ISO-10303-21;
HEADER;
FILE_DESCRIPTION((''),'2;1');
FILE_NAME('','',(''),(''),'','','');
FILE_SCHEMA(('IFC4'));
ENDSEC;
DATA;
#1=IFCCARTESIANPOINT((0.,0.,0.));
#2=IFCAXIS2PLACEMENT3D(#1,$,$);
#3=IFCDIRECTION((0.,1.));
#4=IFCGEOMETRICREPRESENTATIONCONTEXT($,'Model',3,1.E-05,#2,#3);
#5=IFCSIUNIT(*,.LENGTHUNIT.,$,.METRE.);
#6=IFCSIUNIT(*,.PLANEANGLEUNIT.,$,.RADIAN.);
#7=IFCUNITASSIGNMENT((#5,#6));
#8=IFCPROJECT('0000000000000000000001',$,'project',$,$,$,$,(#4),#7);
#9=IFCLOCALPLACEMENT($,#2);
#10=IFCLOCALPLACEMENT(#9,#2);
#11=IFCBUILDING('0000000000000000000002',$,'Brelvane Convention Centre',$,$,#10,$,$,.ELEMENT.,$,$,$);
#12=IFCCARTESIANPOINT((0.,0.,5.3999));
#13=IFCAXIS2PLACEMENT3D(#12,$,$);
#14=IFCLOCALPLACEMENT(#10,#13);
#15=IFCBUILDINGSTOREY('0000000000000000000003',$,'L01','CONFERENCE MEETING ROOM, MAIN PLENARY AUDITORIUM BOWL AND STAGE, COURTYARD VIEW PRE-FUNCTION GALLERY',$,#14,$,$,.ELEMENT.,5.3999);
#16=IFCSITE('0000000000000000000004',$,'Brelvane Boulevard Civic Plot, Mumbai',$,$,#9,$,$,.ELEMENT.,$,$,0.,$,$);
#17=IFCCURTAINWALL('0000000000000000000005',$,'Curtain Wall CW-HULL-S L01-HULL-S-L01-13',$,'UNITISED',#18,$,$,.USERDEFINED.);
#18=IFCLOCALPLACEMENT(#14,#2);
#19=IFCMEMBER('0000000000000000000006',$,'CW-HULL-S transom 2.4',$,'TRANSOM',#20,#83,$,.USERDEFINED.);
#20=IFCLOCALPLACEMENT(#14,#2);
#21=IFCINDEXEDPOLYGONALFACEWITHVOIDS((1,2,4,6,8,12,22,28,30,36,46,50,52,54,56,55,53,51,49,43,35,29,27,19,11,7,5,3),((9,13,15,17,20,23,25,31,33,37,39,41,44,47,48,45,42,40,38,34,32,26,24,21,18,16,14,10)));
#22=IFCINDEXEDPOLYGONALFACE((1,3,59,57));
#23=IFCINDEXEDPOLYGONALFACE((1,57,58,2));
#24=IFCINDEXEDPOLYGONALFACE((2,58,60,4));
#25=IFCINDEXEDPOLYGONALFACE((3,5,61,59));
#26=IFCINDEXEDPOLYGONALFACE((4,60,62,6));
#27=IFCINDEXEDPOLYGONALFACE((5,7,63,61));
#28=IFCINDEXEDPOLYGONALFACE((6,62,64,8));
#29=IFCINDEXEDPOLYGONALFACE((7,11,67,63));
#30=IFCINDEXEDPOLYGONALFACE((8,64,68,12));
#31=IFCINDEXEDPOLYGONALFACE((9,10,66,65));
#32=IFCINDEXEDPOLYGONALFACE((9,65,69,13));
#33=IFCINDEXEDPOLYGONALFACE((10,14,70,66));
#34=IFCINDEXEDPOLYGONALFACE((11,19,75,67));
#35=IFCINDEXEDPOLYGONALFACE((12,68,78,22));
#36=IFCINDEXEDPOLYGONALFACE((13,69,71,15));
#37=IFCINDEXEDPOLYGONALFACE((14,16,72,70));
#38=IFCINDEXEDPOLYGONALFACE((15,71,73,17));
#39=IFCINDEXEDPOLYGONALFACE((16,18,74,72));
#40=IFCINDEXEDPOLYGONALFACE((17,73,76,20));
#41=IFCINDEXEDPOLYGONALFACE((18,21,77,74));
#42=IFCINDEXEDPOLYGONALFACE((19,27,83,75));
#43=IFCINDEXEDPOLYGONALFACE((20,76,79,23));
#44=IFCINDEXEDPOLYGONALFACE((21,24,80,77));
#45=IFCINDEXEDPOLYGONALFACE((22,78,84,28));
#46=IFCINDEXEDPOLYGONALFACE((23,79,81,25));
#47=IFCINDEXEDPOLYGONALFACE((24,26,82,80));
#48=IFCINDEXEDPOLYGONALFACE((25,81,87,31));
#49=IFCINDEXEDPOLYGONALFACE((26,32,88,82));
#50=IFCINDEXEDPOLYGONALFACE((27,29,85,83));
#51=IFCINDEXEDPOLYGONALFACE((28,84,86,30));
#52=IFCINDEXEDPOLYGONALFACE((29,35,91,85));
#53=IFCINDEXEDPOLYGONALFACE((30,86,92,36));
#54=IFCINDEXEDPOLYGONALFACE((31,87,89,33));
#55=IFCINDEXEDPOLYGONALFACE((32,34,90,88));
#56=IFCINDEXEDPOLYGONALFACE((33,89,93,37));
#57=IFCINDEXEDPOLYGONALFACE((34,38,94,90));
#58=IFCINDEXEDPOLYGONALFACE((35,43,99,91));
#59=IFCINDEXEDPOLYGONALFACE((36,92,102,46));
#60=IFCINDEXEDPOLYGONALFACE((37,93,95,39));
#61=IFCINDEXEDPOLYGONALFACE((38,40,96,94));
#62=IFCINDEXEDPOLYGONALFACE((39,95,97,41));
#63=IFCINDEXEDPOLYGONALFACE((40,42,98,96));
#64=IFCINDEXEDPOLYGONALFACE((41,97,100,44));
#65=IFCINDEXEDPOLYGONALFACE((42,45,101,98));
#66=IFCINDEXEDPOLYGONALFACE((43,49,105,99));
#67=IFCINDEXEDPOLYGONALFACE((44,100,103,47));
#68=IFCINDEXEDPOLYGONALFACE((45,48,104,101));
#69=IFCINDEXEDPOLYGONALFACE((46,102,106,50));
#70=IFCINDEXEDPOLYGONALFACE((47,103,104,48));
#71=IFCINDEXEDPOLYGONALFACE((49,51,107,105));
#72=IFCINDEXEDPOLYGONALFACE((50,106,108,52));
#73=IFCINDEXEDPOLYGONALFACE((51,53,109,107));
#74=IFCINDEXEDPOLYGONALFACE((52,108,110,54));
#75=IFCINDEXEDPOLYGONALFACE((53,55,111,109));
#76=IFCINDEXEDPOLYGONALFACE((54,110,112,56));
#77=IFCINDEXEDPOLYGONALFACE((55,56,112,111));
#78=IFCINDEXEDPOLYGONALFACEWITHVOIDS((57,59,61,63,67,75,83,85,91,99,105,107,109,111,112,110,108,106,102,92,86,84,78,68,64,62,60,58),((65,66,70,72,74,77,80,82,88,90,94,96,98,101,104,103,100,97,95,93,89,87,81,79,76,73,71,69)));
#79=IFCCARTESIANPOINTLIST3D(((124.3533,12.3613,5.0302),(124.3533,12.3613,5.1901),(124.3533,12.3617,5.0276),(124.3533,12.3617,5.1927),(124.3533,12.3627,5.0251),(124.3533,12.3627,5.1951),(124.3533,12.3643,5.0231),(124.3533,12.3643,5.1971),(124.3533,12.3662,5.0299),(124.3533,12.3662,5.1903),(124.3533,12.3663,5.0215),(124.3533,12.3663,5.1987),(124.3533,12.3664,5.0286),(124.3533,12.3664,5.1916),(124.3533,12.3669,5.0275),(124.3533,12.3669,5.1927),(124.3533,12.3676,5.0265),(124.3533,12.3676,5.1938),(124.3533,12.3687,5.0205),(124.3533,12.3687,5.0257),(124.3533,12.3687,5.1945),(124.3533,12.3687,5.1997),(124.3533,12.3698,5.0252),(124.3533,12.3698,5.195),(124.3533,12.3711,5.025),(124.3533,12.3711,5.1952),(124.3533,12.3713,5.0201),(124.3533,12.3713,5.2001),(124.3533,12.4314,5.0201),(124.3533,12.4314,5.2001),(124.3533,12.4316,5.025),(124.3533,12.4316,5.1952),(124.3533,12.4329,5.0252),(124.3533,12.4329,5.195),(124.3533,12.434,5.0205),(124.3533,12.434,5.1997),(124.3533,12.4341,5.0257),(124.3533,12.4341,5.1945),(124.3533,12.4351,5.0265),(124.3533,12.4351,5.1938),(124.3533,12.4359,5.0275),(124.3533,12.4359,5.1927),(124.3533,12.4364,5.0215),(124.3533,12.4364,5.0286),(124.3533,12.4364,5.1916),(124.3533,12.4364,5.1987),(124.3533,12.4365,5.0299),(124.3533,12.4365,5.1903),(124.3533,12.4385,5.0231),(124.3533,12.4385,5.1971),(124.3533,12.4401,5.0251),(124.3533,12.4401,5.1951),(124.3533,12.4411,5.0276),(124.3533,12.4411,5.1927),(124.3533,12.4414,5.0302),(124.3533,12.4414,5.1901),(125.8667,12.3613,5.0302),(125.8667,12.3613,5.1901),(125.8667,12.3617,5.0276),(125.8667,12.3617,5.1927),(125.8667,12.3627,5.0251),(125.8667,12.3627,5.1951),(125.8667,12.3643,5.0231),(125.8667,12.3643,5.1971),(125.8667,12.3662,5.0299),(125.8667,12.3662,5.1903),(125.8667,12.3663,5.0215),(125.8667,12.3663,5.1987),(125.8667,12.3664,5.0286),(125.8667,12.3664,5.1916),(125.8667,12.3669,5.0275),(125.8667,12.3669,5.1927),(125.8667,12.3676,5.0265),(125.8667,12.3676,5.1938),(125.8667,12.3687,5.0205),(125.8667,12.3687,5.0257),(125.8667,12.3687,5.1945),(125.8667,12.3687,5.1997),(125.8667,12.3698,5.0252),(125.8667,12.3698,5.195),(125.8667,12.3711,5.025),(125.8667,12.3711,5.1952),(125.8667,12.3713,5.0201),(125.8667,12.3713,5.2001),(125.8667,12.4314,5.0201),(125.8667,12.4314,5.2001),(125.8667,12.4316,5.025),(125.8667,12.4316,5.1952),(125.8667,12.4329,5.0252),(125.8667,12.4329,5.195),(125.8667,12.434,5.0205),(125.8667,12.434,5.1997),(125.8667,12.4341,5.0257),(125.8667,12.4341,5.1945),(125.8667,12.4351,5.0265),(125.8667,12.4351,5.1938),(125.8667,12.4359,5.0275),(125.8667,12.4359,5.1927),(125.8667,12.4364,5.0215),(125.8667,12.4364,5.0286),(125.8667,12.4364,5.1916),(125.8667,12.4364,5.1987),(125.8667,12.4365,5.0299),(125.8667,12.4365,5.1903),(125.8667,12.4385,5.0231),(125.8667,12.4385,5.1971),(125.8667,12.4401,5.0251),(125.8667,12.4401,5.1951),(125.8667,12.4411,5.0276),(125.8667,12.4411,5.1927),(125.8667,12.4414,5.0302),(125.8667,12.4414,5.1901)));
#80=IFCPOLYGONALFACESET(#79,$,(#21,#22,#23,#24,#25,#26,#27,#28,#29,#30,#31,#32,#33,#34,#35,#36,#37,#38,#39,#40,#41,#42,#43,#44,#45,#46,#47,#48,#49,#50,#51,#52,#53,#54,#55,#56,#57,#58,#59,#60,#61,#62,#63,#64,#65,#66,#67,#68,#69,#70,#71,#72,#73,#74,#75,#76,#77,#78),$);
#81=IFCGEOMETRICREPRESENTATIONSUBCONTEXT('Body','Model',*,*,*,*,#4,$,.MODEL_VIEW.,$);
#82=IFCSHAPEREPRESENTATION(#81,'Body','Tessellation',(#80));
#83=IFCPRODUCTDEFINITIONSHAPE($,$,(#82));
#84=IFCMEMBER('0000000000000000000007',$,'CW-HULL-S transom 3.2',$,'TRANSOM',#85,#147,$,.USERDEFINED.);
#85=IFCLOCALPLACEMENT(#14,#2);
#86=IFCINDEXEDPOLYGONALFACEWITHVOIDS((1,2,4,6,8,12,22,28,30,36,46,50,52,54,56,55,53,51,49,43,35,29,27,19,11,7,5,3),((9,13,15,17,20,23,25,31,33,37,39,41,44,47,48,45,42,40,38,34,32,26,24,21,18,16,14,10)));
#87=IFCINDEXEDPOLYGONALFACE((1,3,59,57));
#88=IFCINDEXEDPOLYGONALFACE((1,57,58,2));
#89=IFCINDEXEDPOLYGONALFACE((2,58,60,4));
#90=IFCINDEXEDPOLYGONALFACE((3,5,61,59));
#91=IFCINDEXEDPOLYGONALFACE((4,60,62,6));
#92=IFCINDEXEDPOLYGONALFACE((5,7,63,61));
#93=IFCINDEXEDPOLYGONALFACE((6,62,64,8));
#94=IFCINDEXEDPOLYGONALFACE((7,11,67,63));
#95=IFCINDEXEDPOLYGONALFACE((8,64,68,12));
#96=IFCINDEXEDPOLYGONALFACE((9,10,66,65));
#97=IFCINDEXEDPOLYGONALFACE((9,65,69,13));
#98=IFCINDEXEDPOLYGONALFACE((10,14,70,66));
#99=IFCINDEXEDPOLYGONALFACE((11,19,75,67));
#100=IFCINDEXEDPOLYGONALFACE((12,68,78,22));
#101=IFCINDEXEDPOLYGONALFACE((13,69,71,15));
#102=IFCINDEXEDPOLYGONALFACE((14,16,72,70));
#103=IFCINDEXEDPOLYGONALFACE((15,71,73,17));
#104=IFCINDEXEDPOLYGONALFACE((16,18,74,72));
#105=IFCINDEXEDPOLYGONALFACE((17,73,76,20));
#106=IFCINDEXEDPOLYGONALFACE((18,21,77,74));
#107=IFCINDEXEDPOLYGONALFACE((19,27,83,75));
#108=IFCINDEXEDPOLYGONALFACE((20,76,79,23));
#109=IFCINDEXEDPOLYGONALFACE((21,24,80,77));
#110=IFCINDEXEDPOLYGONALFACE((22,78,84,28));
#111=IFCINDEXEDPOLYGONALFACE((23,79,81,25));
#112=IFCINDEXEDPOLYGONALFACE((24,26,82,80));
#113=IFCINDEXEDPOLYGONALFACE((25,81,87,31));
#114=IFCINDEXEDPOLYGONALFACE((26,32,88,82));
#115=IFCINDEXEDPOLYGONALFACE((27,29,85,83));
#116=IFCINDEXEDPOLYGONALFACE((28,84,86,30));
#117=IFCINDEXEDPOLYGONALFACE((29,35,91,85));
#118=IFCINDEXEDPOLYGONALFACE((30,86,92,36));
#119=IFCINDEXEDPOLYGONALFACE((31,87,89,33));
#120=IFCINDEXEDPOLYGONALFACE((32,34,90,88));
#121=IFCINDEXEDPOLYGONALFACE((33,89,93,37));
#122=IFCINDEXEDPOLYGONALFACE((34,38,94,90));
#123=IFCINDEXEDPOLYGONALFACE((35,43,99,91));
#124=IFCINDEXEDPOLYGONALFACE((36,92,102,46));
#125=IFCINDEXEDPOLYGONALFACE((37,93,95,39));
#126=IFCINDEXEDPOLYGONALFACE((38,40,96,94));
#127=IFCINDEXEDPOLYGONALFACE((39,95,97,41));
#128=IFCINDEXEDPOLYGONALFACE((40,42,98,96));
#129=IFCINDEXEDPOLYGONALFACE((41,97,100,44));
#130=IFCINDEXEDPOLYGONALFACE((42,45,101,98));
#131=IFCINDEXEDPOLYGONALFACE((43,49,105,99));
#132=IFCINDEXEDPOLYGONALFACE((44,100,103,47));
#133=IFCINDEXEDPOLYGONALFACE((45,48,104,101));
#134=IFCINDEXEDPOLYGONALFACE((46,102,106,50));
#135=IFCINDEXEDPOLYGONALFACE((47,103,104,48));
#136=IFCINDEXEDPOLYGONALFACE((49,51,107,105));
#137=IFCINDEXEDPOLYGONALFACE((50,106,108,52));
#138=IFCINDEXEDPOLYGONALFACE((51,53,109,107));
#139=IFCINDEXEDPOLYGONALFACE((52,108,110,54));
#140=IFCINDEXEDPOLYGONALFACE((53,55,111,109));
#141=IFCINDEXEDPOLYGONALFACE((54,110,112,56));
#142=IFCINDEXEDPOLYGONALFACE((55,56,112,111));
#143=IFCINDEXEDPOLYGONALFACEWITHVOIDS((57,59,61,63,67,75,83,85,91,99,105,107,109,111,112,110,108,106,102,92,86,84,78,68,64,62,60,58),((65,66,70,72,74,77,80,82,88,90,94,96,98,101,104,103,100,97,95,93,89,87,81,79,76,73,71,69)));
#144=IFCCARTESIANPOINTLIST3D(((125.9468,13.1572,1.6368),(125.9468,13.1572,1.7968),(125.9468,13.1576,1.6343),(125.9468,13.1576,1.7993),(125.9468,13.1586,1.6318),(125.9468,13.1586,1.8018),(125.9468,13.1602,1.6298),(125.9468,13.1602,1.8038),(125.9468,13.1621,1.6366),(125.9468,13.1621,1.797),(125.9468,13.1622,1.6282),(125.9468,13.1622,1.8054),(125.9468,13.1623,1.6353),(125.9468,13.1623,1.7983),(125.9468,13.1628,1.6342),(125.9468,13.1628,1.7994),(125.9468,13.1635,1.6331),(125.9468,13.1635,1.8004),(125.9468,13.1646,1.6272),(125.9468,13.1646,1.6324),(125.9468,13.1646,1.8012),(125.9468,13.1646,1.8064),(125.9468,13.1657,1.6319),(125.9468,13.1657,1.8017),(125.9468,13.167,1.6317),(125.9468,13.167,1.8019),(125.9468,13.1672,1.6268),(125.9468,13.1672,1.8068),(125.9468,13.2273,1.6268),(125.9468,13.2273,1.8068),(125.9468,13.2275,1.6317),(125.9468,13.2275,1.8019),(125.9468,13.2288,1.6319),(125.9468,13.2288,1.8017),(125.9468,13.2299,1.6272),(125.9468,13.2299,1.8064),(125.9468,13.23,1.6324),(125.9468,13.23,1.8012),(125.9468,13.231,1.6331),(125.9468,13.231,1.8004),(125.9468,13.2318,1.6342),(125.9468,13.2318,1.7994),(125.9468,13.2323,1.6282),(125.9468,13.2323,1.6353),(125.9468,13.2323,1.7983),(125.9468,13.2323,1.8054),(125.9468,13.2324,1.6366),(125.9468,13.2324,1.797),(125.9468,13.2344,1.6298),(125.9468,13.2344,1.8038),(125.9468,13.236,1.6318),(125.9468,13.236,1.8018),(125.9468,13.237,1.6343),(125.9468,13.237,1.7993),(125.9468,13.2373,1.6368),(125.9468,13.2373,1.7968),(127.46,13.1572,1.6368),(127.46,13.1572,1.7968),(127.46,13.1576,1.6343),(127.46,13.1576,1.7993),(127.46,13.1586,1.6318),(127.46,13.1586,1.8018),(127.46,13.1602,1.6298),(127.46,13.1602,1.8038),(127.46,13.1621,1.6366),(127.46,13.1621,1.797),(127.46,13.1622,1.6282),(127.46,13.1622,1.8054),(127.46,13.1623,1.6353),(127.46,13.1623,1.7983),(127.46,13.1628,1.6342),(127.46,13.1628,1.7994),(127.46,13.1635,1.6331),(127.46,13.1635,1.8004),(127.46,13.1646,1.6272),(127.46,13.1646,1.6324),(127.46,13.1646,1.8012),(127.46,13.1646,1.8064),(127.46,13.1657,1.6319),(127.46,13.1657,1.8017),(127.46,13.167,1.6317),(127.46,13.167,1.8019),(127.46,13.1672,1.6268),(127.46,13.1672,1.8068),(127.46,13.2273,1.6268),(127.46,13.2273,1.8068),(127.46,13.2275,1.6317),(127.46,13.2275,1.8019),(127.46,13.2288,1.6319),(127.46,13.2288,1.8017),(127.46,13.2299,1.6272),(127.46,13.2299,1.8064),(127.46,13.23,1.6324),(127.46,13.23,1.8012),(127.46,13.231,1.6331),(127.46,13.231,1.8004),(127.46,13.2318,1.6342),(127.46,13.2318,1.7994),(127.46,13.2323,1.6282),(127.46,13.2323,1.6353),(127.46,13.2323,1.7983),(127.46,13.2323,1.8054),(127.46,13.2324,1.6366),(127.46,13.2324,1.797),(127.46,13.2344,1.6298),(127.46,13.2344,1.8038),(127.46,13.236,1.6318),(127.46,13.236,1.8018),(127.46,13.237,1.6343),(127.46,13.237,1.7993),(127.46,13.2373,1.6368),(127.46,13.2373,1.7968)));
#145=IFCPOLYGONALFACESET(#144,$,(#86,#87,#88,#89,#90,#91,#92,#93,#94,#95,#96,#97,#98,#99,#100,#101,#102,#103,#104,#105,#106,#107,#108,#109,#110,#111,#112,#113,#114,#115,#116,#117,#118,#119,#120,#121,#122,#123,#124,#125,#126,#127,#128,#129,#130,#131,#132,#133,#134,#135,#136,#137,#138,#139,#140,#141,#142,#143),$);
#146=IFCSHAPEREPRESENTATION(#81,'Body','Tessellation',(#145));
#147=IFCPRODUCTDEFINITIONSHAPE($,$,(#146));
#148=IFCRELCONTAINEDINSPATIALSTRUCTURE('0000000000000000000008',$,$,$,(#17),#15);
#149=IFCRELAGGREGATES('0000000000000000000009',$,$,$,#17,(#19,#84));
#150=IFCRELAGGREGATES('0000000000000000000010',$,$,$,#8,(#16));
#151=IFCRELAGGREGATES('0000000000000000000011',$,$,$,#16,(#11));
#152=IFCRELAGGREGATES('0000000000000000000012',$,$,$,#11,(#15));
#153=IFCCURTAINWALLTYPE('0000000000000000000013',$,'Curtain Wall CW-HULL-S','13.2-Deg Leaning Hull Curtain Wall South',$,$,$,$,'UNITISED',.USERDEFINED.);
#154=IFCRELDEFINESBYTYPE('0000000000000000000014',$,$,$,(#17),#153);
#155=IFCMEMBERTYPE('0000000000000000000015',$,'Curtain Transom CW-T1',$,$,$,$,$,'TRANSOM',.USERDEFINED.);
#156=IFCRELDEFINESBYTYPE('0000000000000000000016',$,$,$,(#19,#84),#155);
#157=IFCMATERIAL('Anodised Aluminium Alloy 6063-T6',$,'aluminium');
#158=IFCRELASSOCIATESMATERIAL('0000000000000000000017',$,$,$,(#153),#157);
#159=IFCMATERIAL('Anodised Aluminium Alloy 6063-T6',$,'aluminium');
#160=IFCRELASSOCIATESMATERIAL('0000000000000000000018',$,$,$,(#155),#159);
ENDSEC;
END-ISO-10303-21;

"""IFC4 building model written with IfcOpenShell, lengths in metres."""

from ifc_helpers import new_model, si_unit, direction, frame, origin, origin_2d, place, context, subcontext, project, spatial, hollow_rectangle, extrude, material, material_profile, profile_set, type_object, element, aggregate, save


model = new_model("IFC4")

# Units and contexts
model_context = context("Model", 3, precision=1e-05, world=origin(), true_north=direction((0.0, 1.0)))
body_context = subcontext(model_context, "Body", "Model", "MODEL_VIEW")
ifc_project = project(units=[si_unit("LENGTHUNIT", "METRE"), si_unit("PLANEANGLEUNIT", "RADIAN")], contexts=[model_context])

# Site, building, storey
site_placement = place(None, origin())
site = spatial("IfcSite", under=ifc_project, at=site_placement, Name="Brelvane Boulevard Civic Plot, Mumbai", CompositionType="ELEMENT", RefElevation=0.0)
building_placement = place(site_placement, origin())
building = spatial("IfcBuilding", under=site, at=building_placement, Name="Brelvane Convention Centre", CompositionType="ELEMENT")
storey_placement = place(building_placement, frame((0.0, 0.0, 5.3999)))
storey = spatial("IfcBuildingStorey", under=building, at=storey_placement, Name="L01", Description="CONFERENCE MEETING ROOM, MAIN PLENARY AUDITORIUM BOWL AND STAGE, COURTYARD VIEW PRE-FUNCTION GALLERY", CompositionType="ELEMENT", Elevation=5.3999)

# Curtain wall, members
ifc_material_1 = material(Name="Anodised Aluminium Alloy 6063-T6", Category="aluminium")
curtain_wall_type = type_object("IfcCurtainWallType", Name="Curtain Wall CW-HULL-S", Description="13.2-Deg Leaning Hull Curtain Wall South", ElementType="UNITISED", PredefinedType="USERDEFINED", material=ifc_material_1)
ifc_material_2 = material(Name="Anodised Aluminium Alloy 6063-T6", Category="aluminium")
ifc_material_profile = material_profile(ifc_material_2, hollow_rectangle(XDim=0.0801, YDim=0.1799, WallThickness=0.0049, InnerFilletRadius=0.0049, OuterFilletRadius=0.01, at=origin_2d()), Name="ALU-T 180x80x5.0")
ifc_profile_set = profile_set([ifc_material_profile], Name="Anodised Aluminium Alloy 6063-T6")
member_type = type_object("IfcMemberType", Name="Curtain Transom CW-T1", ElementType="TRANSOM", PredefinedType="USERDEFINED", material=ifc_profile_set)
curtain_wall_1_placement = place(storey_placement, origin())
curtain_wall_1 = element("IfcCurtainWall", 1, at=curtain_wall_1_placement, inside=storey, type_object=curtain_wall_type, Name="Curtain Wall CW-HULL-S L01-HULL-S-L01-13", ObjectType="UNITISED", PredefinedType="USERDEFINED")
member_1_placement = place(storey_placement, frame((124.3533, 12.4014, 5.1101), z_axis=(1.0, 0.0, 0.0), x_axis=(0.0, 1.0, 0.0)))
member_1 = element("IfcMember", 2, at=member_1_placement, type_object=member_type, Name="CW-HULL-S transom 2.4", ObjectType="TRANSOM", PredefinedType="USERDEFINED", context=body_context, shape_type="SweptSolid", body=[
    extrude(hollow_rectangle(XDim=0.0801, YDim=0.1799, WallThickness=0.0049, InnerFilletRadius=0.0049, OuterFilletRadius=0.01, at=origin_2d()), origin(), (0.0, 0.0, 1.0), 1.5134),
])
member_2_placement = place(storey_placement, frame((125.9468, 13.1973, 1.7168), z_axis=(1.0, 0.0, 0.0), x_axis=(0.0, 1.0, 0.0)))
member_2 = element("IfcMember", 3, at=member_2_placement, type_object=member_type, Name="CW-HULL-S transom 3.2", ObjectType="TRANSOM", PredefinedType="USERDEFINED", context=body_context, shape_type="SweptSolid", body=[
    extrude(hollow_rectangle(XDim=0.0801, YDim=0.1799, WallThickness=0.0049, InnerFilletRadius=0.0049, OuterFilletRadius=0.01, at=origin_2d()), origin(), (0.0, 0.0, 1.0), 1.5132),
])

aggregate(curtain_wall_1, [member_1, member_2])

save(model, "model.ifc")
